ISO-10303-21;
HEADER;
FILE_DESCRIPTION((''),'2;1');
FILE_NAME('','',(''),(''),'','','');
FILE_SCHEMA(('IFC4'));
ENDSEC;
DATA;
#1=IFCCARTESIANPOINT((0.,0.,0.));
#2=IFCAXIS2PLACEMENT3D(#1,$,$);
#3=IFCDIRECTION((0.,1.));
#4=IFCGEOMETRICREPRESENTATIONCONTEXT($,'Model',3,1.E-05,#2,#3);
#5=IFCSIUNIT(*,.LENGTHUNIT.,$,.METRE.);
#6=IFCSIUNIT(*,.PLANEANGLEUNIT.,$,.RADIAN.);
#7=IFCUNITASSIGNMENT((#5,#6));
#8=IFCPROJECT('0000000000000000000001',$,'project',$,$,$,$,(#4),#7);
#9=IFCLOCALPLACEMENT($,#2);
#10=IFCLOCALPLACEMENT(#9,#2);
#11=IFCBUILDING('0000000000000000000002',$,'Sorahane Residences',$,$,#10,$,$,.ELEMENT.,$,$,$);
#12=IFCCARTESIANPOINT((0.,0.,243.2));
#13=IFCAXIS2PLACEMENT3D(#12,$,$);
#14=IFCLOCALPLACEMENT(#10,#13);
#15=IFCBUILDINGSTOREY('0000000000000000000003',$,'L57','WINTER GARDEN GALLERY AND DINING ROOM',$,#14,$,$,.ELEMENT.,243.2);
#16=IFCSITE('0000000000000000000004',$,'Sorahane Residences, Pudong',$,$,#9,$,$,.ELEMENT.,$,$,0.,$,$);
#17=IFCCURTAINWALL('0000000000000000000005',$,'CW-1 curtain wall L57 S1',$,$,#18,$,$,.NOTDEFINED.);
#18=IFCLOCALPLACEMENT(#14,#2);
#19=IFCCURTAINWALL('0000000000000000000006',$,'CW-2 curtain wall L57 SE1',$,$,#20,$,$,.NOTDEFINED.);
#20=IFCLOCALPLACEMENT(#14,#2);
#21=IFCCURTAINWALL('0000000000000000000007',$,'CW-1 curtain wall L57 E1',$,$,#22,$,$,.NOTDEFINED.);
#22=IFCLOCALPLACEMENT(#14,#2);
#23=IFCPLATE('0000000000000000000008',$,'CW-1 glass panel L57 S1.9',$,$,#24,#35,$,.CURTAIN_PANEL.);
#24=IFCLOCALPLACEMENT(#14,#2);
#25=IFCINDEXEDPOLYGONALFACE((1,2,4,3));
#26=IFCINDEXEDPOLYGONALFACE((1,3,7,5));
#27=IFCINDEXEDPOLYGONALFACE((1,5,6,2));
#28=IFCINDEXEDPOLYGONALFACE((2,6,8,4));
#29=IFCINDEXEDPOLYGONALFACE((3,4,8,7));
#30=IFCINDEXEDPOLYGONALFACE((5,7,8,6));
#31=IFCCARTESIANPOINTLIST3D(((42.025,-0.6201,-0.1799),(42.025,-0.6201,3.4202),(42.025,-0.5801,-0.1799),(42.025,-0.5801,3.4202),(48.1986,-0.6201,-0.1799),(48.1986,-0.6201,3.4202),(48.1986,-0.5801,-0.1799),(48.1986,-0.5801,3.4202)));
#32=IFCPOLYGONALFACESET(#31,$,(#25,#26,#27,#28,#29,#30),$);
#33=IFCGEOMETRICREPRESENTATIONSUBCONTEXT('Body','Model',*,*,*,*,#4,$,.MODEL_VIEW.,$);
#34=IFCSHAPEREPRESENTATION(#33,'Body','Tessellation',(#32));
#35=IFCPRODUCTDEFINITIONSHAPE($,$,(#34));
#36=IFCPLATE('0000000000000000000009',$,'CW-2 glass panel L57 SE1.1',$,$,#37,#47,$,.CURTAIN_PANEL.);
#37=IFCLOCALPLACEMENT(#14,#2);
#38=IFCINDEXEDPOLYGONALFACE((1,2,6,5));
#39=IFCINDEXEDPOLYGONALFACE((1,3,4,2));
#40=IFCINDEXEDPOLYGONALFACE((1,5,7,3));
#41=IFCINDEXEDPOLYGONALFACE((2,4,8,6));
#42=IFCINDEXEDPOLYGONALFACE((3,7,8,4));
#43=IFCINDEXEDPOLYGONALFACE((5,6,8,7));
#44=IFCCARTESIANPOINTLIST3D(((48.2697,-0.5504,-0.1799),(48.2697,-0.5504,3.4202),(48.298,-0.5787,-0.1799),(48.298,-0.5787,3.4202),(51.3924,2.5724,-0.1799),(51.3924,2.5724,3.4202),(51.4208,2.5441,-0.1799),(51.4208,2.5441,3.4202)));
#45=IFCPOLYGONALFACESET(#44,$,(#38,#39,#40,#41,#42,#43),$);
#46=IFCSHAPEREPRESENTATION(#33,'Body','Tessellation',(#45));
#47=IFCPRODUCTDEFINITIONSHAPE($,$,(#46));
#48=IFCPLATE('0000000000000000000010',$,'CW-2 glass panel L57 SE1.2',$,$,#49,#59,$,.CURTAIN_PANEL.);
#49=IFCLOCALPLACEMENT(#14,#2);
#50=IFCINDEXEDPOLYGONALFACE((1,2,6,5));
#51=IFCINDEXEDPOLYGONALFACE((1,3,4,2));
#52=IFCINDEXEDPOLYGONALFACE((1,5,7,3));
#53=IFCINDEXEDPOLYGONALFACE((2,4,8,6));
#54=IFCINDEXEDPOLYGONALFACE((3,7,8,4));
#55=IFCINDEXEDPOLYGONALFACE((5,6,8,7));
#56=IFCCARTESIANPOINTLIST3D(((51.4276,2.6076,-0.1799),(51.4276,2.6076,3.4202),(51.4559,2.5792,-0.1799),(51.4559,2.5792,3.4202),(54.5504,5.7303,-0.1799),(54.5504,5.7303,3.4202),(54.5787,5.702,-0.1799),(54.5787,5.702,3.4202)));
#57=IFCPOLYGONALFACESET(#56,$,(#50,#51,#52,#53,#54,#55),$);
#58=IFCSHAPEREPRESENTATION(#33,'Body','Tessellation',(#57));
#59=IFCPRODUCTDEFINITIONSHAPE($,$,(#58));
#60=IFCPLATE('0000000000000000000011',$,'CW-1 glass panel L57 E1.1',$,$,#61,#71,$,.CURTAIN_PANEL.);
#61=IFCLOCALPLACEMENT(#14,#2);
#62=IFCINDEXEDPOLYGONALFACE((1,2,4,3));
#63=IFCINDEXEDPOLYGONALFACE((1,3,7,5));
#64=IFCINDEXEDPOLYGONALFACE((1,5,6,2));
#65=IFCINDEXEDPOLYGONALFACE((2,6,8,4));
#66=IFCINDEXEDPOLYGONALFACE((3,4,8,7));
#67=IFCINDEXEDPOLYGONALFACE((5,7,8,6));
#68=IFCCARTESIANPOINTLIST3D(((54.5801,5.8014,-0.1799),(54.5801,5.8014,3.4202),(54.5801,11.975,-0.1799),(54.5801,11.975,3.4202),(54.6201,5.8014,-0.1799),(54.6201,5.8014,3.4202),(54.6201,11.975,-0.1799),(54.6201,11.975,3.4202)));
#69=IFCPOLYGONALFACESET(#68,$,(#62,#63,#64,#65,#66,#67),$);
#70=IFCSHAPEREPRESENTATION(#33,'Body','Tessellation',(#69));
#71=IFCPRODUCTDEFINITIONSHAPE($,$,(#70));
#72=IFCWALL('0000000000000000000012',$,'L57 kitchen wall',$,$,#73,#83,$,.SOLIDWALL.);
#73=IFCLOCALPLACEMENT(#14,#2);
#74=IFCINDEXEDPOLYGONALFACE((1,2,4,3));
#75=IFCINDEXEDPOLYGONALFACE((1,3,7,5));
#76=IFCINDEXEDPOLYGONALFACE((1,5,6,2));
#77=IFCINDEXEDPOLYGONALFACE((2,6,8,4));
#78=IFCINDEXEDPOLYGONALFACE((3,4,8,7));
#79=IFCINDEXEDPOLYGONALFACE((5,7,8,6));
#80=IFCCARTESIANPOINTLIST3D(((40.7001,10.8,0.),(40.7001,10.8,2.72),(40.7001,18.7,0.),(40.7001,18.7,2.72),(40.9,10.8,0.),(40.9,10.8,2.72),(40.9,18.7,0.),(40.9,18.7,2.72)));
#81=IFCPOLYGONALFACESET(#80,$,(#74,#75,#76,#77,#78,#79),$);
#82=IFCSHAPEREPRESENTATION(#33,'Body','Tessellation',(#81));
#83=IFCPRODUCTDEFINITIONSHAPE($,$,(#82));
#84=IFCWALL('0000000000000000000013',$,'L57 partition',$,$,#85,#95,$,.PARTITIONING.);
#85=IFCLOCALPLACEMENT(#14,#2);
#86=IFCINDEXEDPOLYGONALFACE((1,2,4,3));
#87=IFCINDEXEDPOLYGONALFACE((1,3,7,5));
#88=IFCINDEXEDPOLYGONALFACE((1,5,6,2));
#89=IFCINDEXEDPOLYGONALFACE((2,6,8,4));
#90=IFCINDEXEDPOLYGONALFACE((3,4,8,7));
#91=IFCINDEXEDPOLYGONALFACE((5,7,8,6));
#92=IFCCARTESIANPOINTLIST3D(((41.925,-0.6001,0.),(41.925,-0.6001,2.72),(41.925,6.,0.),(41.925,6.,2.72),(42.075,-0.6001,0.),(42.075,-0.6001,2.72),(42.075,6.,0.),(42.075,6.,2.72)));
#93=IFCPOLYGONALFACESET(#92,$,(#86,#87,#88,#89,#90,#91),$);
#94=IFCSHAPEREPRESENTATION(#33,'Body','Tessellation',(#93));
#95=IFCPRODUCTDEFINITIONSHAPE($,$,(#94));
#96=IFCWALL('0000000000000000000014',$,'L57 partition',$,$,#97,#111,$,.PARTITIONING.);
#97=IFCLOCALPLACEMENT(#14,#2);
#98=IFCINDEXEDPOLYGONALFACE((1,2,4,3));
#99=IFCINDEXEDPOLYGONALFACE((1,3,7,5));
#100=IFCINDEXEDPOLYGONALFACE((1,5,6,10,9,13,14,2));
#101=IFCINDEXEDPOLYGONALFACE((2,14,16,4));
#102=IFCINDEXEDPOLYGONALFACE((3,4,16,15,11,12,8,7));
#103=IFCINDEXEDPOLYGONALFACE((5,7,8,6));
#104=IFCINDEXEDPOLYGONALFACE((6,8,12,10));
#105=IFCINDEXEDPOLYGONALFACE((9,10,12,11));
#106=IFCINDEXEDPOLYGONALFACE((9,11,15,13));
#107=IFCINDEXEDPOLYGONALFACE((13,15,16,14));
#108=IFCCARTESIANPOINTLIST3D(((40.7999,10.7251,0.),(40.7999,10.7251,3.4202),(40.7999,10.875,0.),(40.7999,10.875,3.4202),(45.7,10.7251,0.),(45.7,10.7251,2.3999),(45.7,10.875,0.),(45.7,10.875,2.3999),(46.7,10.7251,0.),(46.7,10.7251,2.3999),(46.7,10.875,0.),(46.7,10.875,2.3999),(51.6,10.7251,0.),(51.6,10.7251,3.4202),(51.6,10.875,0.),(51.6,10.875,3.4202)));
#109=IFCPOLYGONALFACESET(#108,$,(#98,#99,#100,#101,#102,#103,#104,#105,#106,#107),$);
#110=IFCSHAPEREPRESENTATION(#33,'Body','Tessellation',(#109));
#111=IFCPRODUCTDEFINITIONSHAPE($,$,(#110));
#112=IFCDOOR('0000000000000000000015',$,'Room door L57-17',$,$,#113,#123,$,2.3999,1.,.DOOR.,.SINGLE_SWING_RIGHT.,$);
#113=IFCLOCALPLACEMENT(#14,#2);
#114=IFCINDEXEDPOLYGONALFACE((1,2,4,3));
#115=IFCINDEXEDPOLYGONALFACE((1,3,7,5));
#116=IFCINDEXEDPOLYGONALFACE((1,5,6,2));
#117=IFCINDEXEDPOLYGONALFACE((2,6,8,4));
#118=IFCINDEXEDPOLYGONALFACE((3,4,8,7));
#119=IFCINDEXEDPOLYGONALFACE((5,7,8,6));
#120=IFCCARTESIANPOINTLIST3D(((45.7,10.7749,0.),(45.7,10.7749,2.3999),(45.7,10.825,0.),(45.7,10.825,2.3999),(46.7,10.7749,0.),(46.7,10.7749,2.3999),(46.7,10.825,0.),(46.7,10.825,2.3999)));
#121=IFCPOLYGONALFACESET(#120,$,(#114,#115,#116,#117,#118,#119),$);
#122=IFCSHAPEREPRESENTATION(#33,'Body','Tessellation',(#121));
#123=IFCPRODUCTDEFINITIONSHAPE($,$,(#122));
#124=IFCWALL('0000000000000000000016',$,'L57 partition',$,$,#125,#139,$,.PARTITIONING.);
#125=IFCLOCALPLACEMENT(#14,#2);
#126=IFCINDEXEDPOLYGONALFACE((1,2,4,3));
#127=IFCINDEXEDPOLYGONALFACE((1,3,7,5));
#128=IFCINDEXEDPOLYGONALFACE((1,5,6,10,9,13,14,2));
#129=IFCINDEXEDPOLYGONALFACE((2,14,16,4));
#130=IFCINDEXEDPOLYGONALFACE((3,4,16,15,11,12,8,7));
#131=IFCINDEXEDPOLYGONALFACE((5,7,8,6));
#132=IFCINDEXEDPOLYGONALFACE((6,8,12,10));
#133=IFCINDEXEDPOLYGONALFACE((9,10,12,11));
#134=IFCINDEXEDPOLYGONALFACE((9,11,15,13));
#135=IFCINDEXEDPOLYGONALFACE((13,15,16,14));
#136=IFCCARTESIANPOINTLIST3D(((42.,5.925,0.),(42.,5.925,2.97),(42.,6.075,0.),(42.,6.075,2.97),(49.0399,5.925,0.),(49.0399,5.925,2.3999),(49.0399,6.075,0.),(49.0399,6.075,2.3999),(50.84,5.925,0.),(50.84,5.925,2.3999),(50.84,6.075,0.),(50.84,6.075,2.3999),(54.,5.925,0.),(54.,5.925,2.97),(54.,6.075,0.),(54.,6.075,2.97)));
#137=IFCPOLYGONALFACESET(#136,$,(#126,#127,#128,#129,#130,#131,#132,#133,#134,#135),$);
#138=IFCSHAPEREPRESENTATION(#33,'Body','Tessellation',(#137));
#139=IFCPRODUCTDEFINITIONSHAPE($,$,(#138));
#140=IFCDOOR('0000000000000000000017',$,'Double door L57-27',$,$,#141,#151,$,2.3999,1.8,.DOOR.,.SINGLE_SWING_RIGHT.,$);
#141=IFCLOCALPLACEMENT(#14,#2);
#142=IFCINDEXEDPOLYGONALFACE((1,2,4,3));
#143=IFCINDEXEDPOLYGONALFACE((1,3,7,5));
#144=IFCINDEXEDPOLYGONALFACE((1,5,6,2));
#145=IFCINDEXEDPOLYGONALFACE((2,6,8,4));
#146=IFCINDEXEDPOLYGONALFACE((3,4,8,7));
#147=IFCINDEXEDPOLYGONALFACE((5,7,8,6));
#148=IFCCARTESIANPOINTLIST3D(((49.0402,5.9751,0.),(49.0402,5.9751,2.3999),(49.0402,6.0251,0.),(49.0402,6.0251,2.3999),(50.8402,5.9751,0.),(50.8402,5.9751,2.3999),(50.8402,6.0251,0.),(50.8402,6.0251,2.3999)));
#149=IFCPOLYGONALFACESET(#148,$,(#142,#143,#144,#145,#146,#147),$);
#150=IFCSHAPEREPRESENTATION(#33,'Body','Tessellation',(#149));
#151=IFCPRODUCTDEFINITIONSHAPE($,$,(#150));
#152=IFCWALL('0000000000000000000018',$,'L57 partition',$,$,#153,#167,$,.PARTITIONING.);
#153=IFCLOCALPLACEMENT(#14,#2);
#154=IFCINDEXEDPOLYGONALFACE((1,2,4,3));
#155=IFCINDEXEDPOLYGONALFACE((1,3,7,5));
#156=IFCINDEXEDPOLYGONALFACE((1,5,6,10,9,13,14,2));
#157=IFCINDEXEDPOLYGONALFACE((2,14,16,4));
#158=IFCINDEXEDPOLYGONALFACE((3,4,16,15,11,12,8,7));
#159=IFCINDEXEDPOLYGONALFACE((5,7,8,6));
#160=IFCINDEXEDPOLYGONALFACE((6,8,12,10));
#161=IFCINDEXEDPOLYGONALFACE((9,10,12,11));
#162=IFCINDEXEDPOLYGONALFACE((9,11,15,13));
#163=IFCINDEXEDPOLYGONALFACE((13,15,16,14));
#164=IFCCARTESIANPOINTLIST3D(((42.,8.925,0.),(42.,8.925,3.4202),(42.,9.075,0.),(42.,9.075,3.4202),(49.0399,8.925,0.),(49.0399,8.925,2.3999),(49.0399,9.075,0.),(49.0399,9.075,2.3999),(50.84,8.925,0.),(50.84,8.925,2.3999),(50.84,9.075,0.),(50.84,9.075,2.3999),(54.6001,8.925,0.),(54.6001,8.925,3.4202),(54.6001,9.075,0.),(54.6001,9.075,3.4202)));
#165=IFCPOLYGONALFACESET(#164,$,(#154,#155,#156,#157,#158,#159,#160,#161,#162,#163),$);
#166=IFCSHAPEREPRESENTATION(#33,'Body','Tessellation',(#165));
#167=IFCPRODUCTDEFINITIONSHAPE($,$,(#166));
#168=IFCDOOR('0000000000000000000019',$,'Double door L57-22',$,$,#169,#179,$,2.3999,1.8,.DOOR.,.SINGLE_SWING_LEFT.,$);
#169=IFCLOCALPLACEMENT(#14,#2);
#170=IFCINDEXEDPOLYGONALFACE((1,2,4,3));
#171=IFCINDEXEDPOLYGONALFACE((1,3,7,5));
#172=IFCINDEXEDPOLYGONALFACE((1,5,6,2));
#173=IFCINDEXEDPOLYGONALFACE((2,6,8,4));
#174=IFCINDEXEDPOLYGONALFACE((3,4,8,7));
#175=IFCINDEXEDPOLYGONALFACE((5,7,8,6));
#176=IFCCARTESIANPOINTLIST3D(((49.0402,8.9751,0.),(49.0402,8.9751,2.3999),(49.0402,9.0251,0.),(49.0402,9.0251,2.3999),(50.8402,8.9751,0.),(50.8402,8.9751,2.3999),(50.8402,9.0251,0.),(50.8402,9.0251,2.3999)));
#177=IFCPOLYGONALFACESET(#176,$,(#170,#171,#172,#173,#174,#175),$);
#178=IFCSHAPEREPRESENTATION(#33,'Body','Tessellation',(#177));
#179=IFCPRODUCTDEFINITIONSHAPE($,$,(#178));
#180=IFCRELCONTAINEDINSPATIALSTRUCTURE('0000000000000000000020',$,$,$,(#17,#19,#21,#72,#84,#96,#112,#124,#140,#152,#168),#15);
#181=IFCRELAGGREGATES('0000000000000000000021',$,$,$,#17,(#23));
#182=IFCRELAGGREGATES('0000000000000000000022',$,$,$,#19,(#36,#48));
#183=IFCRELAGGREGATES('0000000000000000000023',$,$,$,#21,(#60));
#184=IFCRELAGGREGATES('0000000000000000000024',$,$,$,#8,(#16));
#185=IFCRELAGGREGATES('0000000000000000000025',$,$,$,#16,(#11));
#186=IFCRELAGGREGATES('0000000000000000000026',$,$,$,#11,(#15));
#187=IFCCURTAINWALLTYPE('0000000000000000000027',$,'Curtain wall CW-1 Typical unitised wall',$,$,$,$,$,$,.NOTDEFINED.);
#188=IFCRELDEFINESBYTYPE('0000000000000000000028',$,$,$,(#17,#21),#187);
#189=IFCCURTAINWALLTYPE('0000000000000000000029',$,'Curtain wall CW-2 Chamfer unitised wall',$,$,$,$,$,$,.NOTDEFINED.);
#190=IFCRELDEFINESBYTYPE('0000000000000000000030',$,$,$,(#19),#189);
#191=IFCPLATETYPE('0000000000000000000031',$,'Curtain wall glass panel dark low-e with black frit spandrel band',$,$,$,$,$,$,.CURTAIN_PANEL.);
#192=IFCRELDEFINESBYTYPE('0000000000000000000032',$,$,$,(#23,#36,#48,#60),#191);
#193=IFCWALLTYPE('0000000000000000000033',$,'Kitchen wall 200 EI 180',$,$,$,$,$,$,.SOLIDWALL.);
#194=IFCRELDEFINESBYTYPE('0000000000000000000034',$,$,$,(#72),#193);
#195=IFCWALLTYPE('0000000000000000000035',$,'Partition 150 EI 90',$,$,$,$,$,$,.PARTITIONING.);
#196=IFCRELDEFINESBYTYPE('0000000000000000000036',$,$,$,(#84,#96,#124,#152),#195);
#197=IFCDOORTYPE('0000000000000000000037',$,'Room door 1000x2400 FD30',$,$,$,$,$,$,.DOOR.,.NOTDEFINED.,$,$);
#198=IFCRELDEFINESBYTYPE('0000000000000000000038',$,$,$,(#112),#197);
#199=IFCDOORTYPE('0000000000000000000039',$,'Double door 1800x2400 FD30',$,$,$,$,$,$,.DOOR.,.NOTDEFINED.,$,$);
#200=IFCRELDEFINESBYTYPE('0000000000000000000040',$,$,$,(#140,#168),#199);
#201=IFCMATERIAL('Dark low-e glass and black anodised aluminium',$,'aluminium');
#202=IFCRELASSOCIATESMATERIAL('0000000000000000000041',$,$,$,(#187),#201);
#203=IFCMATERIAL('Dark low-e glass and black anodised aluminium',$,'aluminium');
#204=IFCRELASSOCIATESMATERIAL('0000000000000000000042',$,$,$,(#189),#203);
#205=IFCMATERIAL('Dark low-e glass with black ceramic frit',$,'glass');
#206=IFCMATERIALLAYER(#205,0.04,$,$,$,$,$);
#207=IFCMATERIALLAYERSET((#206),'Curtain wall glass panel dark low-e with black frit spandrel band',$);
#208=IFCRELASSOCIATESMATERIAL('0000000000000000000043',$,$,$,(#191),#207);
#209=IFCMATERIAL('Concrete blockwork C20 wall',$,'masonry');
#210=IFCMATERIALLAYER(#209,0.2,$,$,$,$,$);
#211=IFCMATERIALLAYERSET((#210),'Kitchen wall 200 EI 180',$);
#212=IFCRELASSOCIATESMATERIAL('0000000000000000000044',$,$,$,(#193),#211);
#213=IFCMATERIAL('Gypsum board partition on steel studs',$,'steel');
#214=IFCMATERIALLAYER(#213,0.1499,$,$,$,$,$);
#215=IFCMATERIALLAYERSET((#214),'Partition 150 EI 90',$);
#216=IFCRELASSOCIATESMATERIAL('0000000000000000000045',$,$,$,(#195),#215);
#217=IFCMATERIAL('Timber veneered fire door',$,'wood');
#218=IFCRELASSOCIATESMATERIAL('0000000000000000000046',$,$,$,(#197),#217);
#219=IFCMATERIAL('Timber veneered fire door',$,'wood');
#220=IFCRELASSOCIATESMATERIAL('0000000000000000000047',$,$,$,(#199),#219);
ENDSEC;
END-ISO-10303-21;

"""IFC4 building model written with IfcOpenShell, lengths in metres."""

from ifc_helpers import new_model, si_unit, direction, frame, frame_2d, origin, origin_2d, place, context, subcontext, project, spatial, rectangle, extrude, material, layer, layer_set, type_object, element, fill, aggregate, save


model = new_model("IFC4")

# Units and contexts
model_context = context("Model", 3, precision=1e-05, world=origin(), true_north=direction((0.0, 1.0)))
body_context = subcontext(model_context, "Body", "Model", "MODEL_VIEW")
ifc_project = project(units=[si_unit("LENGTHUNIT", "METRE"), si_unit("PLANEANGLEUNIT", "RADIAN")], contexts=[model_context])

# Site, building, storey
site_placement = place(None, origin())
site = spatial("IfcSite", under=ifc_project, at=site_placement, Name="Sorahane Residences, Pudong", CompositionType="ELEMENT", RefElevation=0.0)
building_placement = place(site_placement, origin())
building = spatial("IfcBuilding", under=site, at=building_placement, Name="Sorahane Residences", CompositionType="ELEMENT")
storey_placement = place(building_placement, frame((0.0, 0.0, 243.2)))
storey = spatial("IfcBuildingStorey", under=building, at=storey_placement, Name="L57", Description="WINTER GARDEN GALLERY AND DINING ROOM", CompositionType="ELEMENT", Elevation=243.2)

# Curtain walls
ifc_material_1 = material(Name="Dark low-e glass and black anodised aluminium", Category="aluminium")
curtain_wall_type_1 = type_object("IfcCurtainWallType", Name="Curtain wall CW-1 Typical unitised wall", PredefinedType="NOTDEFINED", material=ifc_material_1)
curtain_wall_1_placement = place(storey_placement, origin())
curtain_wall_1 = element("IfcCurtainWall", 1, at=curtain_wall_1_placement, inside=storey, type_object=curtain_wall_type_1, Name="CW-1 curtain wall L57 S1", PredefinedType="NOTDEFINED")
ifc_material_2 = material(Name="Dark low-e glass and black anodised aluminium", Category="aluminium")
curtain_wall_type_2 = type_object("IfcCurtainWallType", Name="Curtain wall CW-2 Chamfer unitised wall", PredefinedType="NOTDEFINED", material=ifc_material_2)
curtain_wall_2_placement = place(storey_placement, origin())
curtain_wall_2 = element("IfcCurtainWall", 2, at=curtain_wall_2_placement, inside=storey, type_object=curtain_wall_type_2, Name="CW-2 curtain wall L57 SE1", PredefinedType="NOTDEFINED")

# Curtain wall
curtain_wall_3_placement = place(storey_placement, origin())
curtain_wall_3 = element("IfcCurtainWall", 3, at=curtain_wall_3_placement, inside=storey, type_object=curtain_wall_type_1, Name="CW-1 curtain wall L57 E1", PredefinedType="NOTDEFINED")

# Plates
ifc_material_3 = material(Name="Dark low-e glass with black ceramic frit", Category="glass")
ifc_layer_1 = layer(ifc_material_3, 0.04)
ifc_layer_set_1 = layer_set([ifc_layer_1], Name="Curtain wall glass panel dark low-e with black frit spandrel band")
plate_type = type_object("IfcPlateType", Name="Curtain wall glass panel dark low-e with black frit spandrel band", PredefinedType="CURTAIN_PANEL", material=ifc_layer_set_1)
plate_1_placement = place(storey_placement, frame((45.1118, -0.6001, -0.1799), z_axis=(0.0, 0.0, 1.0), x_axis=(1.0, 0.0, 0.0)))
plate_1 = element("IfcPlate", 4, at=plate_1_placement, type_object=plate_type, Name="CW-1 glass panel L57 S1.9", PredefinedType="CURTAIN_PANEL", context=body_context, shape_type="SweptSolid", body=[
    extrude(rectangle(XDim=6.1736, YDim=0.04, at=origin_2d()), origin(), (0.0, 0.0, 1.0), 3.6001),
])
aggregate(curtain_wall_1, [plate_1])
plate_2_placement = place(storey_placement, frame((49.8452, 0.9968, -0.1799), z_axis=(0.0, 0.0, 1.0), x_axis=(0.707107, 0.707107, 0.0)))
plate_2 = element("IfcPlate", 5, at=plate_2_placement, type_object=plate_type, Name="CW-2 glass panel L57 SE1.1", PredefinedType="CURTAIN_PANEL", context=body_context, shape_type="SweptSolid", body=[
    extrude(rectangle(XDim=4.4163, YDim=0.04, at=origin_2d()), origin(), (0.0, 0.0, 1.0), 3.6001),
])
plate_3_placement = place(storey_placement, frame((53.0032, 4.1548, -0.1799), z_axis=(0.0, 0.0, 1.0), x_axis=(0.707107, 0.707107, 0.0)))
plate_3 = element("IfcPlate", 6, at=plate_3_placement, type_object=plate_type, Name="CW-2 glass panel L57 SE1.2", PredefinedType="CURTAIN_PANEL", context=body_context, shape_type="SweptSolid", body=[
    extrude(rectangle(XDim=4.4163, YDim=0.04, at=origin_2d()), origin(), (0.0, 0.0, 1.0), 3.6001),
])
aggregate(curtain_wall_2, [plate_2, plate_3])
plate_4_placement = place(storey_placement, frame((54.6001, 8.8882, -0.1799), z_axis=(0.0, 0.0, 1.0), x_axis=(0.0, 1.0, 0.0)))
plate_4 = element("IfcPlate", 7, at=plate_4_placement, type_object=plate_type, Name="CW-1 glass panel L57 E1.1", PredefinedType="CURTAIN_PANEL", context=body_context, shape_type="SweptSolid", body=[
    extrude(rectangle(XDim=6.1736, YDim=0.04, at=origin_2d()), origin(), (0.0, 0.0, 1.0), 3.6001),
])
aggregate(curtain_wall_3, [plate_4])

# Walls
ifc_material_4 = material(Name="Concrete blockwork C20 wall", Category="masonry")
ifc_layer_2 = layer(ifc_material_4, 0.2)
ifc_layer_set_2 = layer_set([ifc_layer_2], Name="Kitchen wall 200 EI 180")
wall_type_1 = type_object("IfcWallType", Name="Kitchen wall 200 EI 180", PredefinedType="SOLIDWALL", material=ifc_layer_set_2)
wall_1_placement = place(storey_placement, frame((40.8, 10.8, 0.0), z_axis=(0.0, 0.0, 1.0), x_axis=(0.0, 1.0, 0.0)))
element("IfcWall", 8, at=wall_1_placement, inside=storey, type_object=wall_type_1, Name="L57 kitchen wall", PredefinedType="SOLIDWALL", context=body_context, shape_type="SweptSolid", body=[
    extrude(rectangle(XDim=7.8999, YDim=0.2, at=frame_2d((3.95, 0.0))), origin(), (0.0, 0.0, 1.0), 2.72),
])
ifc_material_5 = material(Name="Gypsum board partition on steel studs", Category="steel")
ifc_layer_3 = layer(ifc_material_5, 0.1499)
ifc_layer_set_3 = layer_set([ifc_layer_3], Name="Partition 150 EI 90")
wall_type_2 = type_object("IfcWallType", Name="Partition 150 EI 90", PredefinedType="PARTITIONING", material=ifc_layer_set_3)
wall_2_placement = place(storey_placement, frame((42.0, -0.6001, 0.0), z_axis=(0.0, 0.0, 1.0), x_axis=(0.0, 1.0, 0.0)))
element("IfcWall", 9, at=wall_2_placement, inside=storey, type_object=wall_type_2, Name="L57 partition", PredefinedType="PARTITIONING", context=body_context, shape_type="SweptSolid", body=[
    extrude(rectangle(XDim=6.6001, YDim=0.1499, at=frame_2d((3.3, 0.0))), origin(), (0.0, 0.0, 1.0), 2.72),
])

# Walls, openings, doors
wall_3_placement = place(storey_placement, frame((40.8, 10.8, 0.0), z_axis=(0.0, 0.0, 1.0), x_axis=(1.0, 0.0, 0.0)))
wall_3 = element("IfcWall", 10, at=wall_3_placement, inside=storey, type_object=wall_type_2, Name="L57 partition", PredefinedType="PARTITIONING", context=body_context, shape_type="SweptSolid", body=[
    extrude(rectangle(XDim=10.8, YDim=0.1499, at=frame_2d((5.3999, 0.0))), origin(), (0.0, 0.0, 1.0), 3.4202),
])
opening_1_placement = place(wall_3_placement, frame((4.8999, 0.0, 0.0)))
opening_1 = element("IfcOpeningElement", 11, at=opening_1_placement, cuts=wall_3, PredefinedType="OPENING", context=body_context, shape_type="SweptSolid", body=[
    extrude(rectangle(XDim=1.0, YDim=2.3999, at=frame_2d((0.5, 1.2))), frame((0.0, 0.085, 0.0), z_axis=(0.0, -1.0, 0.0), x_axis=(1.0, 0.0, 0.0)), (0.0, 0.0, 1.0), 0.1699),
])
ifc_material_6 = material(Name="Timber veneered fire door", Category="wood")
door_type_1 = type_object("IfcDoorType", Name="Room door 1000x2400 FD30", OperationType="NOTDEFINED", PredefinedType="DOOR", material=ifc_material_6)
door_1_placement = place(opening_1_placement, origin())
door_1 = element("IfcDoor", 12, at=door_1_placement, inside=storey, type_object=door_type_1, Name="Room door L57-17", OperationType="SINGLE_SWING_RIGHT", OverallHeight=2.3999, OverallWidth=1.0, PredefinedType="DOOR", context=body_context, shape_type="SweptSolid", body=[
    extrude(rectangle(XDim=1.0, YDim=2.3999, at=frame_2d((0.5, 1.2))), frame((0.0, 0.0249, 0.0), z_axis=(0.0, -1.0, 0.0), x_axis=(1.0, 0.0, 0.0)), (0.0, 0.0, 1.0), 0.05),
])
fill(opening_1, door_1)
wall_4_placement = place(storey_placement, frame((42.0, 6.0, 0.0), z_axis=(0.0, 0.0, 1.0), x_axis=(1.0, 0.0, 0.0)))
wall_4 = element("IfcWall", 13, at=wall_4_placement, inside=storey, type_object=wall_type_2, Name="L57 partition", PredefinedType="PARTITIONING", context=body_context, shape_type="SweptSolid", body=[
    extrude(rectangle(XDim=12.0, YDim=0.1499, at=frame_2d((6.0, 0.0))), origin(), (0.0, 0.0, 1.0), 2.97),
])
opening_2_placement = place(wall_4_placement, frame((7.04, 0.0, 0.0)))
opening_2 = element("IfcOpeningElement", 14, at=opening_2_placement, cuts=wall_4, PredefinedType="OPENING", context=body_context, shape_type="SweptSolid", body=[
    extrude(rectangle(XDim=1.8, YDim=2.3999, at=frame_2d((0.8999, 1.2))), frame((0.0, 0.085, 0.0), z_axis=(0.0, -1.0, 0.0), x_axis=(1.0, 0.0, 0.0)), (0.0, 0.0, 1.0), 0.1699),
])
ifc_material_7 = material(Name="Timber veneered fire door", Category="wood")
door_type_2 = type_object("IfcDoorType", Name="Double door 1800x2400 FD30", OperationType="NOTDEFINED", PredefinedType="DOOR", material=ifc_material_7)
door_2_placement = place(opening_2_placement, frame((1.8, 0.0, 0.0), z_axis=(0.0, 0.0, 1.0), x_axis=(-1.0, 0.0, 0.0)))
door_2 = element("IfcDoor", 15, at=door_2_placement, inside=storey, type_object=door_type_2, Name="Double door L57-27", OperationType="SINGLE_SWING_RIGHT", OverallHeight=2.3999, OverallWidth=1.8, PredefinedType="DOOR", context=body_context, shape_type="SweptSolid", body=[
    extrude(rectangle(XDim=1.8, YDim=2.3999, at=frame_2d((0.8999, 1.2))), frame((0.0, 0.0249, 0.0), z_axis=(0.0, -1.0, 0.0), x_axis=(1.0, 0.0, 0.0)), (0.0, 0.0, 1.0), 0.05),
])
fill(opening_2, door_2)
wall_5_placement = place(storey_placement, frame((42.0, 9.0, 0.0), z_axis=(0.0, 0.0, 1.0), x_axis=(1.0, 0.0, 0.0)))
wall_5 = element("IfcWall", 16, at=wall_5_placement, inside=storey, type_object=wall_type_2, Name="L57 partition", PredefinedType="PARTITIONING", context=body_context, shape_type="SweptSolid", body=[
    extrude(rectangle(XDim=12.6001, YDim=0.1499, at=frame_2d((6.3, 0.0))), origin(), (0.0, 0.0, 1.0), 3.4202),
])
opening_3_placement = place(wall_5_placement, frame((7.04, 0.0, 0.0)))
opening_3 = element("IfcOpeningElement", 17, at=opening_3_placement, cuts=wall_5, PredefinedType="OPENING", context=body_context, shape_type="SweptSolid", body=[
    extrude(rectangle(XDim=1.8, YDim=2.3999, at=frame_2d((0.8999, 1.2))), frame((0.0, 0.085, 0.0), z_axis=(0.0, -1.0, 0.0), x_axis=(1.0, 0.0, 0.0)), (0.0, 0.0, 1.0), 0.1699),
])
door_3_placement = place(opening_3_placement, frame((1.8, 0.0, 0.0), z_axis=(0.0, 0.0, 1.0), x_axis=(-1.0, 0.0, 0.0)))
door_3 = element("IfcDoor", 18, at=door_3_placement, inside=storey, type_object=door_type_2, Name="Double door L57-22", OperationType="SINGLE_SWING_LEFT", OverallHeight=2.3999, OverallWidth=1.8, PredefinedType="DOOR", context=body_context, shape_type="SweptSolid", body=[
    extrude(rectangle(XDim=1.8, YDim=2.3999, at=frame_2d((0.8999, 1.2))), frame((0.0, 0.0249, 0.0), z_axis=(0.0, -1.0, 0.0), x_axis=(1.0, 0.0, 0.0)), (0.0, 0.0, 1.0), 0.05),
])
fill(opening_3, door_3)

save(model, "model.ifc")
